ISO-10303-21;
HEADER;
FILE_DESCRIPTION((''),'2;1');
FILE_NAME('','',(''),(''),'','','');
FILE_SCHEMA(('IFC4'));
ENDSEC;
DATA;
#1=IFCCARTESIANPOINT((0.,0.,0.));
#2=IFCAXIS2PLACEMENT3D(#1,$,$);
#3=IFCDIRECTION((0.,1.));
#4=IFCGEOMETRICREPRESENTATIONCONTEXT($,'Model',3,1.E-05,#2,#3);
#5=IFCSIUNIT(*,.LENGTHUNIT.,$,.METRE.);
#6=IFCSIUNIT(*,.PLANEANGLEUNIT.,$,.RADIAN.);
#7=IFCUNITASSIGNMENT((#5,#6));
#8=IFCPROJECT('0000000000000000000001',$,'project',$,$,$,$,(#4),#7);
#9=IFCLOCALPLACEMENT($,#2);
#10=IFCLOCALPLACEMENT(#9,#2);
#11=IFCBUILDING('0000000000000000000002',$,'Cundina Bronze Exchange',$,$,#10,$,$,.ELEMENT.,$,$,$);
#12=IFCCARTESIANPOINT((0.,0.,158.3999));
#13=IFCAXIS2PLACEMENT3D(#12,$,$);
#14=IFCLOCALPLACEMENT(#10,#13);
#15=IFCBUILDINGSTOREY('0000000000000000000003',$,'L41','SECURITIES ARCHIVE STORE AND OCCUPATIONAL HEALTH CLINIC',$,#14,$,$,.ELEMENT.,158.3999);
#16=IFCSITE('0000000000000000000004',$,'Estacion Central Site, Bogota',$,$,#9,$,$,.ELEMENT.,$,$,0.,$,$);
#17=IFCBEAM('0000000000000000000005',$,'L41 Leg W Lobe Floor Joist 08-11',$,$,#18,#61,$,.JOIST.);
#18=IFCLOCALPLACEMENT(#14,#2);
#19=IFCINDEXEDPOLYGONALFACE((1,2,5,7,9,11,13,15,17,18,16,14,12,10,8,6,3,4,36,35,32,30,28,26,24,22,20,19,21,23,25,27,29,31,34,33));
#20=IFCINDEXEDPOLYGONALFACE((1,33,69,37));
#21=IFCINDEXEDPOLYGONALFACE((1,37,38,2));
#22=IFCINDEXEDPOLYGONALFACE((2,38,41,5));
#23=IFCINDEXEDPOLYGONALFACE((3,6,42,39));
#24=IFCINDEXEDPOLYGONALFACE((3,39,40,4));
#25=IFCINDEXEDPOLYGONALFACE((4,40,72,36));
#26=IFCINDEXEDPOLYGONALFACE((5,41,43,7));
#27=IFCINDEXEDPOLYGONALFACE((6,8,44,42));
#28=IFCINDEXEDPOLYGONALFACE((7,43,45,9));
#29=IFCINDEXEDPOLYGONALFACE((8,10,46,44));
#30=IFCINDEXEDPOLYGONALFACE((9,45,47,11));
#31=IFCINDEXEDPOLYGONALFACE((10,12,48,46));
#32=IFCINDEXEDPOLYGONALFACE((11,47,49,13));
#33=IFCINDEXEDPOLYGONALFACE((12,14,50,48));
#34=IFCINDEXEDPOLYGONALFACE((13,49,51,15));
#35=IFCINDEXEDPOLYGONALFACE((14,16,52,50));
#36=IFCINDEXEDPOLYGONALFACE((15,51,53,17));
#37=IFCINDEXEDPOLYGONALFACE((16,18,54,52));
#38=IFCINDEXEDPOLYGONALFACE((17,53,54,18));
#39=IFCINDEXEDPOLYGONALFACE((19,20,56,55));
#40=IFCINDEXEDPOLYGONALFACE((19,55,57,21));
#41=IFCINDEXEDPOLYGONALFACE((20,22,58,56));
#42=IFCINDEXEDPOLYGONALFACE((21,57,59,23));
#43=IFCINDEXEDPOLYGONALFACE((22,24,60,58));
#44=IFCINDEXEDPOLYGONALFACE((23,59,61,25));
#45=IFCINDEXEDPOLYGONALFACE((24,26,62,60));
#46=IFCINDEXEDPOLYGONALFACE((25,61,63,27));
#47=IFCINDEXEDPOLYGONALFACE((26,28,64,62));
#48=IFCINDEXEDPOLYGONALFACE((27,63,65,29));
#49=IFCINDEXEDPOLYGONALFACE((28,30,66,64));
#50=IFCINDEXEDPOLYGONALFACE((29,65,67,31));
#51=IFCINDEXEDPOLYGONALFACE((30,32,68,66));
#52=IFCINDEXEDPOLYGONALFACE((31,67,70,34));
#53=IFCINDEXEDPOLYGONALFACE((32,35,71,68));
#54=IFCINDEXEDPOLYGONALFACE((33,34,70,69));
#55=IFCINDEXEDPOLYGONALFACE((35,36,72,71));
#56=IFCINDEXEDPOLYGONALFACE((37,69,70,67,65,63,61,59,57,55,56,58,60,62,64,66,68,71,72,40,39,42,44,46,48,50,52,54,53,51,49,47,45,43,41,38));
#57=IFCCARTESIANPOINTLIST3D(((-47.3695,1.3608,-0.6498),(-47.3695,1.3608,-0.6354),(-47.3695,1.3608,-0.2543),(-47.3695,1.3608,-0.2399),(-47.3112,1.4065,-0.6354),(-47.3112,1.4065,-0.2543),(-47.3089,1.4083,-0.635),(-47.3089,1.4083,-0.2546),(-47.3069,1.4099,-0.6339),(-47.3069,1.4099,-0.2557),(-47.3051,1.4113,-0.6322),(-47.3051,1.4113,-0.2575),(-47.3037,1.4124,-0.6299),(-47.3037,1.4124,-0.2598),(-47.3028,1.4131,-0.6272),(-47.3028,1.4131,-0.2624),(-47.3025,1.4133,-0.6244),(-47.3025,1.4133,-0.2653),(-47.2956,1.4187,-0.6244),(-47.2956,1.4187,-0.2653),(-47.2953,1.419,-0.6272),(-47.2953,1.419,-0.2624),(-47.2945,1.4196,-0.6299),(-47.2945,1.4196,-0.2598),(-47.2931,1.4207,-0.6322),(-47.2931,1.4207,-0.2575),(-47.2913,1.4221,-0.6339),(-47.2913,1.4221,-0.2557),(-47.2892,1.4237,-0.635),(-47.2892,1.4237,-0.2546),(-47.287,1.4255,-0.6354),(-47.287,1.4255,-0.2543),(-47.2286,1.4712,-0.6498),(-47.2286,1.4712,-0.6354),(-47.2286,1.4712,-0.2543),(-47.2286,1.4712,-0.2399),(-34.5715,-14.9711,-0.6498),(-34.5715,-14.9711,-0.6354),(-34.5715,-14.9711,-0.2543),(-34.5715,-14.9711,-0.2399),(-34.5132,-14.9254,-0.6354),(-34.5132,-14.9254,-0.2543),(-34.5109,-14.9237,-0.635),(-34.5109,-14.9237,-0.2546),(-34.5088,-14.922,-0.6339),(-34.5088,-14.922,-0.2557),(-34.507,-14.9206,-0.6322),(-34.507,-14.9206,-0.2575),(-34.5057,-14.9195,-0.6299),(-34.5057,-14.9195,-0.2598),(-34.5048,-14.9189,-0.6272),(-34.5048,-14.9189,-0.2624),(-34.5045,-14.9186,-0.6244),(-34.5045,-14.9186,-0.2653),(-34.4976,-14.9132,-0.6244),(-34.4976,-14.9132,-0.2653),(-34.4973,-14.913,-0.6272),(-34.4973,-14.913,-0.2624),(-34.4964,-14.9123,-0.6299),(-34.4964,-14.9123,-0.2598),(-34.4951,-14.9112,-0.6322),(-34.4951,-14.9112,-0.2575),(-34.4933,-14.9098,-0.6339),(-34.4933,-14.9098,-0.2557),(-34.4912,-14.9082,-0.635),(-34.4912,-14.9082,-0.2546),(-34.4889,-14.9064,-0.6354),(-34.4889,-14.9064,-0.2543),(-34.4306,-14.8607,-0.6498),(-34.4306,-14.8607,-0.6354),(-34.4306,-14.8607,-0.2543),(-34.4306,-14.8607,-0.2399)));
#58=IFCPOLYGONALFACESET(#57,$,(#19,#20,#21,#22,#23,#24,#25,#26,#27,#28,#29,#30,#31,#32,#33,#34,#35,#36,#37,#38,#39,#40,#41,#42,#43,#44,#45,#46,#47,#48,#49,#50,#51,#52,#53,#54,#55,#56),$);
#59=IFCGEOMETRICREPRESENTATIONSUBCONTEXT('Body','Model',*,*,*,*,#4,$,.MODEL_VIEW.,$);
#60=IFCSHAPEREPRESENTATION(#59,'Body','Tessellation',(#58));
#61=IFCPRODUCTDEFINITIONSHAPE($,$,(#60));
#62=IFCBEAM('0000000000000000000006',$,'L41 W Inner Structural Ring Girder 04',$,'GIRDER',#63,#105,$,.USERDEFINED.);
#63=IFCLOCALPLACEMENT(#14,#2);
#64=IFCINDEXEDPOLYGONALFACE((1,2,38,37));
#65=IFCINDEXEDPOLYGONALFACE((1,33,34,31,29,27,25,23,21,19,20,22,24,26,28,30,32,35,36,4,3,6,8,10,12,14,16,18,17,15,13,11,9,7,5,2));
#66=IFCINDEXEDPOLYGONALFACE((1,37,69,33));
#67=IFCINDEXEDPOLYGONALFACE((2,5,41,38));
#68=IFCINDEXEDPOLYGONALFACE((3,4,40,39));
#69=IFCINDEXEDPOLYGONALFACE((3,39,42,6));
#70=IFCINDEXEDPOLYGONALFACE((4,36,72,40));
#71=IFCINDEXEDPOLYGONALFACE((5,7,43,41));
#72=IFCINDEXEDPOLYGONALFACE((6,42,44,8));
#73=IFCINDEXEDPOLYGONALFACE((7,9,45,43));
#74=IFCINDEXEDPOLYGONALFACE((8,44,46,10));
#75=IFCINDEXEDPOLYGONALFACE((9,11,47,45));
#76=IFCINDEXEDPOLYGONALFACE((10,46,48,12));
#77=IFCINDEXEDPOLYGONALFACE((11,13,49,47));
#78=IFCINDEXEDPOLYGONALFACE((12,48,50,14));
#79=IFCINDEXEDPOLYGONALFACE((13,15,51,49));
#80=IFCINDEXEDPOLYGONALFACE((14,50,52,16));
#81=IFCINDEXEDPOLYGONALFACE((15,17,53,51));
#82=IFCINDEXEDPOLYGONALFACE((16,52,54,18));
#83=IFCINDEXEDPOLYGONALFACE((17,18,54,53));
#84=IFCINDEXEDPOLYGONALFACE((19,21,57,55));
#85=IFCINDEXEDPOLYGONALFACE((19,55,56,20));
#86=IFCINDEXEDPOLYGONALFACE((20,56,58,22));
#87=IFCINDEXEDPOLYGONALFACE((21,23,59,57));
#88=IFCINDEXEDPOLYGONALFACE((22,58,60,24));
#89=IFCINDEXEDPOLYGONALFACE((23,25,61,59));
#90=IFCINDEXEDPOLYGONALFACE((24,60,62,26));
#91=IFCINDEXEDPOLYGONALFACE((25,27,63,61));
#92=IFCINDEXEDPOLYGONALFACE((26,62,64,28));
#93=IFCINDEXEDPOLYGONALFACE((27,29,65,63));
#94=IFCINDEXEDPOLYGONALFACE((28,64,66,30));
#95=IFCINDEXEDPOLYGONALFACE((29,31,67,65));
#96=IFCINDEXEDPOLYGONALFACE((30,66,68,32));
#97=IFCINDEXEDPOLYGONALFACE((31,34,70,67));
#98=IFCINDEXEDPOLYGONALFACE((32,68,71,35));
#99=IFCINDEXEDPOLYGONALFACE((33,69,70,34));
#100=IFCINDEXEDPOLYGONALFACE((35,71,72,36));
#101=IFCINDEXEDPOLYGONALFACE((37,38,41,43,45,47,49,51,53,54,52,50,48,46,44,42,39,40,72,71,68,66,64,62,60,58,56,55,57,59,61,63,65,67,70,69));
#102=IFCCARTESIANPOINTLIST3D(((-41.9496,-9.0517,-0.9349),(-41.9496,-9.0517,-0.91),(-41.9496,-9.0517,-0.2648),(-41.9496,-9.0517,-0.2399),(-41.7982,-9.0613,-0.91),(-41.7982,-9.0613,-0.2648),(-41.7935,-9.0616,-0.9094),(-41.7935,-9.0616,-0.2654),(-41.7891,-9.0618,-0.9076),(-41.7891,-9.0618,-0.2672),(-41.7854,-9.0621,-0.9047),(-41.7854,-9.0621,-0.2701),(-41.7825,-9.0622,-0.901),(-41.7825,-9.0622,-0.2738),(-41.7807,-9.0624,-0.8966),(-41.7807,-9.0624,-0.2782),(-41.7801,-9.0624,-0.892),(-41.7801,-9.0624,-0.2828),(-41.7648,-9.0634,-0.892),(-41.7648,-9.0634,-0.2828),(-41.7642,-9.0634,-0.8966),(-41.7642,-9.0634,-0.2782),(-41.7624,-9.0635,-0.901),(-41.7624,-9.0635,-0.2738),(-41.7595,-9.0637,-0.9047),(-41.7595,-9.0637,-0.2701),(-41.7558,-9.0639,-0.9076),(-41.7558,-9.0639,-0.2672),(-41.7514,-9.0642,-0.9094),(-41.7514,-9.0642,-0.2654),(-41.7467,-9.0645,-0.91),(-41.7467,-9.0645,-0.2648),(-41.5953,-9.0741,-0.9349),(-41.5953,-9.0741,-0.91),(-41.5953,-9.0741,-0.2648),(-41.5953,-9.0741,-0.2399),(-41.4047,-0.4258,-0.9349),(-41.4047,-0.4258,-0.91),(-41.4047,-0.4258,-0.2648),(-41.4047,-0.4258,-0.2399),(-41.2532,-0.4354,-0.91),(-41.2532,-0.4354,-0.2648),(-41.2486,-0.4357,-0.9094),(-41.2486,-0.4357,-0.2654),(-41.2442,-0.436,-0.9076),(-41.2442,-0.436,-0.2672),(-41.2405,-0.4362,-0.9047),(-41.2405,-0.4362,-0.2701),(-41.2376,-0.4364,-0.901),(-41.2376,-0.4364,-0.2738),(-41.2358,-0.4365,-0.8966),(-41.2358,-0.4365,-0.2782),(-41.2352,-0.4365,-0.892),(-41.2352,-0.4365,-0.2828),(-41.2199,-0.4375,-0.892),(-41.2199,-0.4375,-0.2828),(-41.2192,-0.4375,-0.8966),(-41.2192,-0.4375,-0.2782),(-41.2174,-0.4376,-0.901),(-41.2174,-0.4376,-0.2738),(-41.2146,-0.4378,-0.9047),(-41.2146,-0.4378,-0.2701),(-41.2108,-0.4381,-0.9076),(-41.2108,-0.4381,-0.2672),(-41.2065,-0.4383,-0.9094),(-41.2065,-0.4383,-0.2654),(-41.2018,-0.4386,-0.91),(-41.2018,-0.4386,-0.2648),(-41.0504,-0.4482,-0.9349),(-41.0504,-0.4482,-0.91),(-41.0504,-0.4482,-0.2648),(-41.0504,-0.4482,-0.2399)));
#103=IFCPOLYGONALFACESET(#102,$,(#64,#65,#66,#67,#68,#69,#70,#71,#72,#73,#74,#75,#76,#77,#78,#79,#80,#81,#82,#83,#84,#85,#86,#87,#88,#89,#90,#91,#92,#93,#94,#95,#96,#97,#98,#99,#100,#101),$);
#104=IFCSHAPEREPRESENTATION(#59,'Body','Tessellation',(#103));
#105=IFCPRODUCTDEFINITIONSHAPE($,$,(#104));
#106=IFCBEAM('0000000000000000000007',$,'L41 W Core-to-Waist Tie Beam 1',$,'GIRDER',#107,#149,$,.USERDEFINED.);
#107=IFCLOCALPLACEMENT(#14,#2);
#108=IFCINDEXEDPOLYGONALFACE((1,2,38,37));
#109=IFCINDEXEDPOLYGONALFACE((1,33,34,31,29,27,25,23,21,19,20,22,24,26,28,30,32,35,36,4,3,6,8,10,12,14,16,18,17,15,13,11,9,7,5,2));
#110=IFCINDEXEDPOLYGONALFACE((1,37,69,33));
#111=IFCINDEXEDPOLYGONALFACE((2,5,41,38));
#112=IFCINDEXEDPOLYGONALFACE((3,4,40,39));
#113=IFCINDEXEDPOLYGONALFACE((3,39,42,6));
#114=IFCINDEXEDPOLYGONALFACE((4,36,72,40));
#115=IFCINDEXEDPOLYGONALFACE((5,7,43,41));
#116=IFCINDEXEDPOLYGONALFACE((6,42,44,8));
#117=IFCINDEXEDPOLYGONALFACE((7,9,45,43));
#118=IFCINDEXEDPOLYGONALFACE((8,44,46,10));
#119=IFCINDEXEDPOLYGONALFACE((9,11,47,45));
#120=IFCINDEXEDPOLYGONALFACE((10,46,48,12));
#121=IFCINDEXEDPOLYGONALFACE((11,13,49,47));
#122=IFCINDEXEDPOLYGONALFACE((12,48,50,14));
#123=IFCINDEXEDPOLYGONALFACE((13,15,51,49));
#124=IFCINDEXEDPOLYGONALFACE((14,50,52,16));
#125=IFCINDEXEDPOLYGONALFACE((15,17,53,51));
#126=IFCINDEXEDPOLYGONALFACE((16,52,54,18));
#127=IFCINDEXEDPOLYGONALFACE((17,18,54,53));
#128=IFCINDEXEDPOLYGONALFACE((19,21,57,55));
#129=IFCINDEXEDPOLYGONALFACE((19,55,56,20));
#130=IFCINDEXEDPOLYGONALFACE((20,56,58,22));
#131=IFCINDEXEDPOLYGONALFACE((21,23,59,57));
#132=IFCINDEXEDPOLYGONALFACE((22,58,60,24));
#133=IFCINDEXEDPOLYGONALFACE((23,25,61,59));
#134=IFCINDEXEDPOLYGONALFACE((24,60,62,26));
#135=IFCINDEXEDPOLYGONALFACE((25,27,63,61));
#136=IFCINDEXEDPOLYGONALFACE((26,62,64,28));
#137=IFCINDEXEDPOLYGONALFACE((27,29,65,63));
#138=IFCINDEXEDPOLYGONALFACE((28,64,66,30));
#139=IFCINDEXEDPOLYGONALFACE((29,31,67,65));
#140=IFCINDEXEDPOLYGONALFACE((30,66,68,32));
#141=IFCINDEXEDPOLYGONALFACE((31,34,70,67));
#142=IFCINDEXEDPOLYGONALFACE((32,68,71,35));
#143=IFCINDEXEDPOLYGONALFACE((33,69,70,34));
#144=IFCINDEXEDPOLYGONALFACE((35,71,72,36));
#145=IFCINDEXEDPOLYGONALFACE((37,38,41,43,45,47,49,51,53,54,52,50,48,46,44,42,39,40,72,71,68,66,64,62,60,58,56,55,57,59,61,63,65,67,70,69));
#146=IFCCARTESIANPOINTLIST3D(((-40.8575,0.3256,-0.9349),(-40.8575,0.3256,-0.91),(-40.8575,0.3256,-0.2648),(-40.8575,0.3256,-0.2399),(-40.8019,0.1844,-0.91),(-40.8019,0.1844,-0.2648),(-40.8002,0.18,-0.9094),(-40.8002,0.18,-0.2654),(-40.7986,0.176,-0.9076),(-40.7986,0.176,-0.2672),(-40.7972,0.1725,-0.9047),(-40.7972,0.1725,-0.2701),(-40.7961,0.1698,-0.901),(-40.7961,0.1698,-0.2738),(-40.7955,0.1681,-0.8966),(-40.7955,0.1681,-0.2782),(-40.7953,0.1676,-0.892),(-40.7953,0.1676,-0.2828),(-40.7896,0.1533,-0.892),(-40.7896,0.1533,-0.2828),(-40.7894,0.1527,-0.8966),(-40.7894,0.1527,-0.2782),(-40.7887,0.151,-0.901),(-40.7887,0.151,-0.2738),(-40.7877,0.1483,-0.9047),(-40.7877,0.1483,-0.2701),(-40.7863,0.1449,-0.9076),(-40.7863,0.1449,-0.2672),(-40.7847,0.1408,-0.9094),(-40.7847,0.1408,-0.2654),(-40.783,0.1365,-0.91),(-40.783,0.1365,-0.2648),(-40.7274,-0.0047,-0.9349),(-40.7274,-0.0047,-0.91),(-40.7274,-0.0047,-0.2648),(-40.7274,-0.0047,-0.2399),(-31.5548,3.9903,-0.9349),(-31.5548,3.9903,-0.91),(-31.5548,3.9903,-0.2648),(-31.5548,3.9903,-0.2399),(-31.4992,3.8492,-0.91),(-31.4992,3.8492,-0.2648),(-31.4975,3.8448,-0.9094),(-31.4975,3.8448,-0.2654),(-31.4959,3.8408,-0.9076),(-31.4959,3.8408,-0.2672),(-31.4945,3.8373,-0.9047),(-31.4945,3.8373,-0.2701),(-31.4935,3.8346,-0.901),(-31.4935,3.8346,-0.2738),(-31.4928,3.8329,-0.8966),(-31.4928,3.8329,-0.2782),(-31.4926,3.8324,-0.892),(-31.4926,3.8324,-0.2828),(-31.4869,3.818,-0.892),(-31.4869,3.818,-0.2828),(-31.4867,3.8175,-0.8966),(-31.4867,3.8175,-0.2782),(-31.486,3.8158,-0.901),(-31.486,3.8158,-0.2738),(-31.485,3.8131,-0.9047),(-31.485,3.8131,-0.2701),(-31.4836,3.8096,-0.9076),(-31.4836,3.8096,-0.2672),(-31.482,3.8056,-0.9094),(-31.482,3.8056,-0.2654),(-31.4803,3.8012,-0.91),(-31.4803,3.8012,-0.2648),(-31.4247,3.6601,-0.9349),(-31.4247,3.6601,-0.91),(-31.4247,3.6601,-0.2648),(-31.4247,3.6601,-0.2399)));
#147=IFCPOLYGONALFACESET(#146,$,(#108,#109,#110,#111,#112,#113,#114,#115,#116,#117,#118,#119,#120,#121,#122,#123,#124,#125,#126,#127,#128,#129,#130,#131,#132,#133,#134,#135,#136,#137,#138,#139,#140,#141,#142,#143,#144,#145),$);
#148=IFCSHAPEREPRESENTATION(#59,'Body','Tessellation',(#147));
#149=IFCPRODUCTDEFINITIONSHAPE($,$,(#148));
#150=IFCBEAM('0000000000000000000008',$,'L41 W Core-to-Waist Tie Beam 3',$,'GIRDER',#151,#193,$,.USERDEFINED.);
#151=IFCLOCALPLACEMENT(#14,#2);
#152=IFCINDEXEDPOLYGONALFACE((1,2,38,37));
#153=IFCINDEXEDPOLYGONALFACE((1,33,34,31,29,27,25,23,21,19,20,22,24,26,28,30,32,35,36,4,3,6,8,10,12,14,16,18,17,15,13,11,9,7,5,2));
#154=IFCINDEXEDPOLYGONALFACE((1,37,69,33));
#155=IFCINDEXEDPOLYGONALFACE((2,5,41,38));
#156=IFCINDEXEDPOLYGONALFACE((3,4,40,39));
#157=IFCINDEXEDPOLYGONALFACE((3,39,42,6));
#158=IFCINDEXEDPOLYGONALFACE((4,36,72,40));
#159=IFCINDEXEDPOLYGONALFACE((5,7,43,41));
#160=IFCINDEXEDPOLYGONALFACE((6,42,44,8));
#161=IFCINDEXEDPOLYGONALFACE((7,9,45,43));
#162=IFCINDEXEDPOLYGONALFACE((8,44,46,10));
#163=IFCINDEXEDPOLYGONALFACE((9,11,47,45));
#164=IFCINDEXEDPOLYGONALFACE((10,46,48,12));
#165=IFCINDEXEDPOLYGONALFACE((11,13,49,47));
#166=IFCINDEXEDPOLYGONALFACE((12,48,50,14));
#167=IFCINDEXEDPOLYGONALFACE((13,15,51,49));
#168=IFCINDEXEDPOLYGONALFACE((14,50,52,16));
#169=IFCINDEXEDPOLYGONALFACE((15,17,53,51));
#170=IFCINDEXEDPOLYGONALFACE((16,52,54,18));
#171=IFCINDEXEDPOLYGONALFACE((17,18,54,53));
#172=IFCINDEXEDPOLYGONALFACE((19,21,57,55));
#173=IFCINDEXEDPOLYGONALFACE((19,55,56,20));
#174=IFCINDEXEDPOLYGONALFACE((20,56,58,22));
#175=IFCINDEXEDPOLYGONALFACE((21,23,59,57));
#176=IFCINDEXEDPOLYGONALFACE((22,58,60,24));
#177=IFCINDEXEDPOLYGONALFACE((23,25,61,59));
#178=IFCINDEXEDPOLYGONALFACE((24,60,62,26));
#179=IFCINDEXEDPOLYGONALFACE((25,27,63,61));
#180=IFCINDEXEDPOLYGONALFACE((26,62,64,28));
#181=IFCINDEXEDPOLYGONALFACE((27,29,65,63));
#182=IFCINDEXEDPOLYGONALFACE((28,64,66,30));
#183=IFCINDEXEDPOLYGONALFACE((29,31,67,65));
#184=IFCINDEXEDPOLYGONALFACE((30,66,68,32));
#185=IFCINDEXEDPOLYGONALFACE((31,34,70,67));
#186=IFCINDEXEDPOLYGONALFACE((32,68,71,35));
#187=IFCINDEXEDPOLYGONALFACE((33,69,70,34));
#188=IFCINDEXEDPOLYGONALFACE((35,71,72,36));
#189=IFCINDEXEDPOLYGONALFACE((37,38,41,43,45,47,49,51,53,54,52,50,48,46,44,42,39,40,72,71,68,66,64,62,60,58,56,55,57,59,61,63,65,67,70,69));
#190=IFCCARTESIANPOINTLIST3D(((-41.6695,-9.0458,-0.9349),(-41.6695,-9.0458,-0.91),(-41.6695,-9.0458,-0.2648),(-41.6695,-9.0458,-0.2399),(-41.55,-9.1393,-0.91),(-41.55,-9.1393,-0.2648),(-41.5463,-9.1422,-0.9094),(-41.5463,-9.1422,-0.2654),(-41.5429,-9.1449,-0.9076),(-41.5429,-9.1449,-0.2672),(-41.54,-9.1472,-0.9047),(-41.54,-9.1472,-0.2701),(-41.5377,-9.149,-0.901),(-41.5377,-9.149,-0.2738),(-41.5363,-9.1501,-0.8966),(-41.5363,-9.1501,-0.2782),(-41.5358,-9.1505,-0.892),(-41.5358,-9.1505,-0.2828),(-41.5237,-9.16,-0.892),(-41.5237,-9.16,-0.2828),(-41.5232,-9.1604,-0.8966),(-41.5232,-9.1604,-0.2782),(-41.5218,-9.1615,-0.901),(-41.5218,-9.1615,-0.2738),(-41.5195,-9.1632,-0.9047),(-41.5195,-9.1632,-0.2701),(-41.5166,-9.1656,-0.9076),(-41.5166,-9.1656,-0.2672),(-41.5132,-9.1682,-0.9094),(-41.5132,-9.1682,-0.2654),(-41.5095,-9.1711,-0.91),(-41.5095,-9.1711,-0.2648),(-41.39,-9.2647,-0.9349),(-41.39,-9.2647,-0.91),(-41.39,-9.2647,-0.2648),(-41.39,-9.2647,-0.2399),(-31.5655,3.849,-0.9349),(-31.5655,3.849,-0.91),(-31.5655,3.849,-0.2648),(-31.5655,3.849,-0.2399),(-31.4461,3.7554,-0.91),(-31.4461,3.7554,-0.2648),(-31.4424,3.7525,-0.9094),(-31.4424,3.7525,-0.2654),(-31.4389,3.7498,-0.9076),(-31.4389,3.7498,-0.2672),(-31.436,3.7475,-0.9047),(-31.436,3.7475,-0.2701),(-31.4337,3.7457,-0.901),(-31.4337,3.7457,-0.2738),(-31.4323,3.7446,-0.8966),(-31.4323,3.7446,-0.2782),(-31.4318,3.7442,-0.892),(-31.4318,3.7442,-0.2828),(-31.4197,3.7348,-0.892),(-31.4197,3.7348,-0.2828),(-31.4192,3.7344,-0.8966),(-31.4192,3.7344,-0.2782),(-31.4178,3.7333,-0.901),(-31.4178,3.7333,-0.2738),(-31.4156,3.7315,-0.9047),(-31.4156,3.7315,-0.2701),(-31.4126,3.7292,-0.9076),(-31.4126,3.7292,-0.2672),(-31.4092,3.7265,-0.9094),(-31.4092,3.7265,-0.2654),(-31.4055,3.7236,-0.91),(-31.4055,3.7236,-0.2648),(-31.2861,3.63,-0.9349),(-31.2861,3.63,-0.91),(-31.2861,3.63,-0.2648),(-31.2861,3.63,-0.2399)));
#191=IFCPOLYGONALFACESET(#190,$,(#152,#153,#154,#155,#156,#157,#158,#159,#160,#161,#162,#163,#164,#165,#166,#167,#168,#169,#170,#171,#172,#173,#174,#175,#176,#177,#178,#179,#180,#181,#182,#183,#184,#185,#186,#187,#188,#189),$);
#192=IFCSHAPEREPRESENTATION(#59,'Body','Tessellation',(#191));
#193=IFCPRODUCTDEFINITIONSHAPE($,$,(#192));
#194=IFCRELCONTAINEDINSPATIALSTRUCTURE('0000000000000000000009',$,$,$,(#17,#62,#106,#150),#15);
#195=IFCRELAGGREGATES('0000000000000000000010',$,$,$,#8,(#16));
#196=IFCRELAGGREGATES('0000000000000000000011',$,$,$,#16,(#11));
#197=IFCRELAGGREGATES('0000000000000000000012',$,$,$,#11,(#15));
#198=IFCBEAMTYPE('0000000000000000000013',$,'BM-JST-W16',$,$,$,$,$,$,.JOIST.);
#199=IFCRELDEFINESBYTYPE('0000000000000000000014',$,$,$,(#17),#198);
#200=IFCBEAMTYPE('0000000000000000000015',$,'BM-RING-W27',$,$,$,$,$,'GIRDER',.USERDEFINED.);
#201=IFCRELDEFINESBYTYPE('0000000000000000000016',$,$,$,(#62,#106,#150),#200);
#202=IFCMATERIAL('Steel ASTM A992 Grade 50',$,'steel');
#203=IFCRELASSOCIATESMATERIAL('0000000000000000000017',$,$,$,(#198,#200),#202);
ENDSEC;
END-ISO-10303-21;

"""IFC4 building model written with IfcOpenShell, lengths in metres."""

from ifc_helpers import new_model, si_unit, direction, frame, origin, origin_2d, place, context, subcontext, project, spatial, i_section, extrude, material, material_profile, profile_set, type_object, element, save


model = new_model("IFC4")

# Units and contexts
model_context = context("Model", 3, precision=1e-05, world=origin(), true_north=direction((0.0, 1.0)))
body_context = subcontext(model_context, "Body", "Model", "MODEL_VIEW")
ifc_project = project(units=[si_unit("LENGTHUNIT", "METRE"), si_unit("PLANEANGLEUNIT", "RADIAN")], contexts=[model_context])

# Site, building, storey
site_placement = place(None, origin())
site = spatial("IfcSite", under=ifc_project, at=site_placement, Name="Estacion Central Site, Bogota", CompositionType="ELEMENT", RefElevation=0.0)
building_placement = place(site_placement, origin())
building = spatial("IfcBuilding", under=site, at=building_placement, Name="Cundina Bronze Exchange", CompositionType="ELEMENT")
storey_placement = place(building_placement, frame((0.0, 0.0, 158.3999)))
storey = spatial("IfcBuildingStorey", under=building, at=storey_placement, Name="L41", Description="SECURITIES ARCHIVE STORE AND OCCUPATIONAL HEALTH CLINIC", CompositionType="ELEMENT", Elevation=158.3999)

# Shared definitions
ifc_material_1 = material(Name="Steel ASTM A992 Grade 50", Category="steel")

# Beams
ifc_material_profile_1 = material_profile(ifc_material_1, i_section(OverallWidth=0.179, OverallDepth=0.4099, WebThickness=0.0088, FlangeThickness=0.0144, FilletRadius=0.011, at=origin_2d()), Name="W16X45", Category="steel")
ifc_profile_set_1 = profile_set([ifc_material_profile_1], Name="Steel ASTM A992 Grade 50")
beam_type_1 = type_object("IfcBeamType", Name="BM-JST-W16", PredefinedType="JOIST", material=ifc_profile_set_1)
beam_1_placement = place(storey_placement, frame((-47.2991, 1.416, -0.4448), z_axis=(0.616801, -0.787119, 0.0), x_axis=(0.787119, 0.616801, 0.0)))
element("IfcBeam", 1, at=beam_1_placement, inside=storey, type_object=beam_type_1, Name="L41 Leg W Lobe Floor Joist 08-11", PredefinedType="JOIST", context=body_context, shape_type="SweptSolid", body=[
    extrude(i_section(OverallWidth=0.179, OverallDepth=0.4099, WebThickness=0.0088, FlangeThickness=0.0144, FilletRadius=0.011, at=origin_2d()), origin(), (0.0, 0.0, 1.0), 20.749),
])
ifc_material_profile_2 = material_profile(ifc_material_1, i_section(OverallWidth=0.355, OverallDepth=0.6951, WebThickness=0.0154, FlangeThickness=0.0249, FilletRadius=0.0181, at=origin_2d()), Name="W27X146", Category="steel")
ifc_profile_set_2 = profile_set([ifc_material_profile_2], Name="Steel ASTM A992 Grade 50")
beam_type_2 = type_object("IfcBeamType", Name="BM-RING-W27", ElementType="GIRDER", PredefinedType="USERDEFINED", material=ifc_profile_set_2)
beam_2_placement = place(storey_placement, frame((-41.2275, -0.437, -0.5874), z_axis=(-0.063047, -0.998011, 0.0), x_axis=(0.998011, -0.063047, 0.0)))
element("IfcBeam", 2, at=beam_2_placement, inside=storey, type_object=beam_type_2, Name="L41 W Inner Structural Ring Girder 04", ObjectType="GIRDER", PredefinedType="USERDEFINED", context=body_context, shape_type="SweptSolid", body=[
    extrude(i_section(OverallWidth=0.355, OverallDepth=0.6951, WebThickness=0.0154, FlangeThickness=0.0249, FilletRadius=0.0181, at=origin_2d()), origin(), (0.0, 0.0, 1.0), 8.6431),
])
beam_3_placement = place(storey_placement, frame((-31.4897, 3.8252, -0.5874), z_axis=(-0.930406, -0.366532, 0.0), x_axis=(0.366532, -0.930406, 0.0)))
element("IfcBeam", 3, at=beam_3_placement, inside=storey, type_object=beam_type_2, Name="L41 W Core-to-Waist Tie Beam 1", ObjectType="GIRDER", PredefinedType="USERDEFINED", context=body_context, shape_type="SweptSolid", body=[
    extrude(i_section(OverallWidth=0.355, OverallDepth=0.6951, WebThickness=0.0154, FlangeThickness=0.0249, FilletRadius=0.0181, at=origin_2d()), origin(), (0.0, 0.0, 1.0), 9.9985),
])
beam_4_placement = place(storey_placement, frame((-31.4258, 3.7395, -0.5874), z_axis=(-0.616779, -0.787136, 0.0), x_axis=(0.787136, -0.616779, 0.0)))
element("IfcBeam", 4, at=beam_4_placement, inside=storey, type_object=beam_type_2, Name="L41 W Core-to-Waist Tie Beam 3", ObjectType="GIRDER", PredefinedType="USERDEFINED", context=body_context, shape_type="SweptSolid", body=[
    extrude(i_section(OverallWidth=0.355, OverallDepth=0.6951, WebThickness=0.0154, FlangeThickness=0.0249, FilletRadius=0.0181, at=origin_2d()), origin(), (0.0, 0.0, 1.0), 16.3818),
])

save(model, "model.ifc")
